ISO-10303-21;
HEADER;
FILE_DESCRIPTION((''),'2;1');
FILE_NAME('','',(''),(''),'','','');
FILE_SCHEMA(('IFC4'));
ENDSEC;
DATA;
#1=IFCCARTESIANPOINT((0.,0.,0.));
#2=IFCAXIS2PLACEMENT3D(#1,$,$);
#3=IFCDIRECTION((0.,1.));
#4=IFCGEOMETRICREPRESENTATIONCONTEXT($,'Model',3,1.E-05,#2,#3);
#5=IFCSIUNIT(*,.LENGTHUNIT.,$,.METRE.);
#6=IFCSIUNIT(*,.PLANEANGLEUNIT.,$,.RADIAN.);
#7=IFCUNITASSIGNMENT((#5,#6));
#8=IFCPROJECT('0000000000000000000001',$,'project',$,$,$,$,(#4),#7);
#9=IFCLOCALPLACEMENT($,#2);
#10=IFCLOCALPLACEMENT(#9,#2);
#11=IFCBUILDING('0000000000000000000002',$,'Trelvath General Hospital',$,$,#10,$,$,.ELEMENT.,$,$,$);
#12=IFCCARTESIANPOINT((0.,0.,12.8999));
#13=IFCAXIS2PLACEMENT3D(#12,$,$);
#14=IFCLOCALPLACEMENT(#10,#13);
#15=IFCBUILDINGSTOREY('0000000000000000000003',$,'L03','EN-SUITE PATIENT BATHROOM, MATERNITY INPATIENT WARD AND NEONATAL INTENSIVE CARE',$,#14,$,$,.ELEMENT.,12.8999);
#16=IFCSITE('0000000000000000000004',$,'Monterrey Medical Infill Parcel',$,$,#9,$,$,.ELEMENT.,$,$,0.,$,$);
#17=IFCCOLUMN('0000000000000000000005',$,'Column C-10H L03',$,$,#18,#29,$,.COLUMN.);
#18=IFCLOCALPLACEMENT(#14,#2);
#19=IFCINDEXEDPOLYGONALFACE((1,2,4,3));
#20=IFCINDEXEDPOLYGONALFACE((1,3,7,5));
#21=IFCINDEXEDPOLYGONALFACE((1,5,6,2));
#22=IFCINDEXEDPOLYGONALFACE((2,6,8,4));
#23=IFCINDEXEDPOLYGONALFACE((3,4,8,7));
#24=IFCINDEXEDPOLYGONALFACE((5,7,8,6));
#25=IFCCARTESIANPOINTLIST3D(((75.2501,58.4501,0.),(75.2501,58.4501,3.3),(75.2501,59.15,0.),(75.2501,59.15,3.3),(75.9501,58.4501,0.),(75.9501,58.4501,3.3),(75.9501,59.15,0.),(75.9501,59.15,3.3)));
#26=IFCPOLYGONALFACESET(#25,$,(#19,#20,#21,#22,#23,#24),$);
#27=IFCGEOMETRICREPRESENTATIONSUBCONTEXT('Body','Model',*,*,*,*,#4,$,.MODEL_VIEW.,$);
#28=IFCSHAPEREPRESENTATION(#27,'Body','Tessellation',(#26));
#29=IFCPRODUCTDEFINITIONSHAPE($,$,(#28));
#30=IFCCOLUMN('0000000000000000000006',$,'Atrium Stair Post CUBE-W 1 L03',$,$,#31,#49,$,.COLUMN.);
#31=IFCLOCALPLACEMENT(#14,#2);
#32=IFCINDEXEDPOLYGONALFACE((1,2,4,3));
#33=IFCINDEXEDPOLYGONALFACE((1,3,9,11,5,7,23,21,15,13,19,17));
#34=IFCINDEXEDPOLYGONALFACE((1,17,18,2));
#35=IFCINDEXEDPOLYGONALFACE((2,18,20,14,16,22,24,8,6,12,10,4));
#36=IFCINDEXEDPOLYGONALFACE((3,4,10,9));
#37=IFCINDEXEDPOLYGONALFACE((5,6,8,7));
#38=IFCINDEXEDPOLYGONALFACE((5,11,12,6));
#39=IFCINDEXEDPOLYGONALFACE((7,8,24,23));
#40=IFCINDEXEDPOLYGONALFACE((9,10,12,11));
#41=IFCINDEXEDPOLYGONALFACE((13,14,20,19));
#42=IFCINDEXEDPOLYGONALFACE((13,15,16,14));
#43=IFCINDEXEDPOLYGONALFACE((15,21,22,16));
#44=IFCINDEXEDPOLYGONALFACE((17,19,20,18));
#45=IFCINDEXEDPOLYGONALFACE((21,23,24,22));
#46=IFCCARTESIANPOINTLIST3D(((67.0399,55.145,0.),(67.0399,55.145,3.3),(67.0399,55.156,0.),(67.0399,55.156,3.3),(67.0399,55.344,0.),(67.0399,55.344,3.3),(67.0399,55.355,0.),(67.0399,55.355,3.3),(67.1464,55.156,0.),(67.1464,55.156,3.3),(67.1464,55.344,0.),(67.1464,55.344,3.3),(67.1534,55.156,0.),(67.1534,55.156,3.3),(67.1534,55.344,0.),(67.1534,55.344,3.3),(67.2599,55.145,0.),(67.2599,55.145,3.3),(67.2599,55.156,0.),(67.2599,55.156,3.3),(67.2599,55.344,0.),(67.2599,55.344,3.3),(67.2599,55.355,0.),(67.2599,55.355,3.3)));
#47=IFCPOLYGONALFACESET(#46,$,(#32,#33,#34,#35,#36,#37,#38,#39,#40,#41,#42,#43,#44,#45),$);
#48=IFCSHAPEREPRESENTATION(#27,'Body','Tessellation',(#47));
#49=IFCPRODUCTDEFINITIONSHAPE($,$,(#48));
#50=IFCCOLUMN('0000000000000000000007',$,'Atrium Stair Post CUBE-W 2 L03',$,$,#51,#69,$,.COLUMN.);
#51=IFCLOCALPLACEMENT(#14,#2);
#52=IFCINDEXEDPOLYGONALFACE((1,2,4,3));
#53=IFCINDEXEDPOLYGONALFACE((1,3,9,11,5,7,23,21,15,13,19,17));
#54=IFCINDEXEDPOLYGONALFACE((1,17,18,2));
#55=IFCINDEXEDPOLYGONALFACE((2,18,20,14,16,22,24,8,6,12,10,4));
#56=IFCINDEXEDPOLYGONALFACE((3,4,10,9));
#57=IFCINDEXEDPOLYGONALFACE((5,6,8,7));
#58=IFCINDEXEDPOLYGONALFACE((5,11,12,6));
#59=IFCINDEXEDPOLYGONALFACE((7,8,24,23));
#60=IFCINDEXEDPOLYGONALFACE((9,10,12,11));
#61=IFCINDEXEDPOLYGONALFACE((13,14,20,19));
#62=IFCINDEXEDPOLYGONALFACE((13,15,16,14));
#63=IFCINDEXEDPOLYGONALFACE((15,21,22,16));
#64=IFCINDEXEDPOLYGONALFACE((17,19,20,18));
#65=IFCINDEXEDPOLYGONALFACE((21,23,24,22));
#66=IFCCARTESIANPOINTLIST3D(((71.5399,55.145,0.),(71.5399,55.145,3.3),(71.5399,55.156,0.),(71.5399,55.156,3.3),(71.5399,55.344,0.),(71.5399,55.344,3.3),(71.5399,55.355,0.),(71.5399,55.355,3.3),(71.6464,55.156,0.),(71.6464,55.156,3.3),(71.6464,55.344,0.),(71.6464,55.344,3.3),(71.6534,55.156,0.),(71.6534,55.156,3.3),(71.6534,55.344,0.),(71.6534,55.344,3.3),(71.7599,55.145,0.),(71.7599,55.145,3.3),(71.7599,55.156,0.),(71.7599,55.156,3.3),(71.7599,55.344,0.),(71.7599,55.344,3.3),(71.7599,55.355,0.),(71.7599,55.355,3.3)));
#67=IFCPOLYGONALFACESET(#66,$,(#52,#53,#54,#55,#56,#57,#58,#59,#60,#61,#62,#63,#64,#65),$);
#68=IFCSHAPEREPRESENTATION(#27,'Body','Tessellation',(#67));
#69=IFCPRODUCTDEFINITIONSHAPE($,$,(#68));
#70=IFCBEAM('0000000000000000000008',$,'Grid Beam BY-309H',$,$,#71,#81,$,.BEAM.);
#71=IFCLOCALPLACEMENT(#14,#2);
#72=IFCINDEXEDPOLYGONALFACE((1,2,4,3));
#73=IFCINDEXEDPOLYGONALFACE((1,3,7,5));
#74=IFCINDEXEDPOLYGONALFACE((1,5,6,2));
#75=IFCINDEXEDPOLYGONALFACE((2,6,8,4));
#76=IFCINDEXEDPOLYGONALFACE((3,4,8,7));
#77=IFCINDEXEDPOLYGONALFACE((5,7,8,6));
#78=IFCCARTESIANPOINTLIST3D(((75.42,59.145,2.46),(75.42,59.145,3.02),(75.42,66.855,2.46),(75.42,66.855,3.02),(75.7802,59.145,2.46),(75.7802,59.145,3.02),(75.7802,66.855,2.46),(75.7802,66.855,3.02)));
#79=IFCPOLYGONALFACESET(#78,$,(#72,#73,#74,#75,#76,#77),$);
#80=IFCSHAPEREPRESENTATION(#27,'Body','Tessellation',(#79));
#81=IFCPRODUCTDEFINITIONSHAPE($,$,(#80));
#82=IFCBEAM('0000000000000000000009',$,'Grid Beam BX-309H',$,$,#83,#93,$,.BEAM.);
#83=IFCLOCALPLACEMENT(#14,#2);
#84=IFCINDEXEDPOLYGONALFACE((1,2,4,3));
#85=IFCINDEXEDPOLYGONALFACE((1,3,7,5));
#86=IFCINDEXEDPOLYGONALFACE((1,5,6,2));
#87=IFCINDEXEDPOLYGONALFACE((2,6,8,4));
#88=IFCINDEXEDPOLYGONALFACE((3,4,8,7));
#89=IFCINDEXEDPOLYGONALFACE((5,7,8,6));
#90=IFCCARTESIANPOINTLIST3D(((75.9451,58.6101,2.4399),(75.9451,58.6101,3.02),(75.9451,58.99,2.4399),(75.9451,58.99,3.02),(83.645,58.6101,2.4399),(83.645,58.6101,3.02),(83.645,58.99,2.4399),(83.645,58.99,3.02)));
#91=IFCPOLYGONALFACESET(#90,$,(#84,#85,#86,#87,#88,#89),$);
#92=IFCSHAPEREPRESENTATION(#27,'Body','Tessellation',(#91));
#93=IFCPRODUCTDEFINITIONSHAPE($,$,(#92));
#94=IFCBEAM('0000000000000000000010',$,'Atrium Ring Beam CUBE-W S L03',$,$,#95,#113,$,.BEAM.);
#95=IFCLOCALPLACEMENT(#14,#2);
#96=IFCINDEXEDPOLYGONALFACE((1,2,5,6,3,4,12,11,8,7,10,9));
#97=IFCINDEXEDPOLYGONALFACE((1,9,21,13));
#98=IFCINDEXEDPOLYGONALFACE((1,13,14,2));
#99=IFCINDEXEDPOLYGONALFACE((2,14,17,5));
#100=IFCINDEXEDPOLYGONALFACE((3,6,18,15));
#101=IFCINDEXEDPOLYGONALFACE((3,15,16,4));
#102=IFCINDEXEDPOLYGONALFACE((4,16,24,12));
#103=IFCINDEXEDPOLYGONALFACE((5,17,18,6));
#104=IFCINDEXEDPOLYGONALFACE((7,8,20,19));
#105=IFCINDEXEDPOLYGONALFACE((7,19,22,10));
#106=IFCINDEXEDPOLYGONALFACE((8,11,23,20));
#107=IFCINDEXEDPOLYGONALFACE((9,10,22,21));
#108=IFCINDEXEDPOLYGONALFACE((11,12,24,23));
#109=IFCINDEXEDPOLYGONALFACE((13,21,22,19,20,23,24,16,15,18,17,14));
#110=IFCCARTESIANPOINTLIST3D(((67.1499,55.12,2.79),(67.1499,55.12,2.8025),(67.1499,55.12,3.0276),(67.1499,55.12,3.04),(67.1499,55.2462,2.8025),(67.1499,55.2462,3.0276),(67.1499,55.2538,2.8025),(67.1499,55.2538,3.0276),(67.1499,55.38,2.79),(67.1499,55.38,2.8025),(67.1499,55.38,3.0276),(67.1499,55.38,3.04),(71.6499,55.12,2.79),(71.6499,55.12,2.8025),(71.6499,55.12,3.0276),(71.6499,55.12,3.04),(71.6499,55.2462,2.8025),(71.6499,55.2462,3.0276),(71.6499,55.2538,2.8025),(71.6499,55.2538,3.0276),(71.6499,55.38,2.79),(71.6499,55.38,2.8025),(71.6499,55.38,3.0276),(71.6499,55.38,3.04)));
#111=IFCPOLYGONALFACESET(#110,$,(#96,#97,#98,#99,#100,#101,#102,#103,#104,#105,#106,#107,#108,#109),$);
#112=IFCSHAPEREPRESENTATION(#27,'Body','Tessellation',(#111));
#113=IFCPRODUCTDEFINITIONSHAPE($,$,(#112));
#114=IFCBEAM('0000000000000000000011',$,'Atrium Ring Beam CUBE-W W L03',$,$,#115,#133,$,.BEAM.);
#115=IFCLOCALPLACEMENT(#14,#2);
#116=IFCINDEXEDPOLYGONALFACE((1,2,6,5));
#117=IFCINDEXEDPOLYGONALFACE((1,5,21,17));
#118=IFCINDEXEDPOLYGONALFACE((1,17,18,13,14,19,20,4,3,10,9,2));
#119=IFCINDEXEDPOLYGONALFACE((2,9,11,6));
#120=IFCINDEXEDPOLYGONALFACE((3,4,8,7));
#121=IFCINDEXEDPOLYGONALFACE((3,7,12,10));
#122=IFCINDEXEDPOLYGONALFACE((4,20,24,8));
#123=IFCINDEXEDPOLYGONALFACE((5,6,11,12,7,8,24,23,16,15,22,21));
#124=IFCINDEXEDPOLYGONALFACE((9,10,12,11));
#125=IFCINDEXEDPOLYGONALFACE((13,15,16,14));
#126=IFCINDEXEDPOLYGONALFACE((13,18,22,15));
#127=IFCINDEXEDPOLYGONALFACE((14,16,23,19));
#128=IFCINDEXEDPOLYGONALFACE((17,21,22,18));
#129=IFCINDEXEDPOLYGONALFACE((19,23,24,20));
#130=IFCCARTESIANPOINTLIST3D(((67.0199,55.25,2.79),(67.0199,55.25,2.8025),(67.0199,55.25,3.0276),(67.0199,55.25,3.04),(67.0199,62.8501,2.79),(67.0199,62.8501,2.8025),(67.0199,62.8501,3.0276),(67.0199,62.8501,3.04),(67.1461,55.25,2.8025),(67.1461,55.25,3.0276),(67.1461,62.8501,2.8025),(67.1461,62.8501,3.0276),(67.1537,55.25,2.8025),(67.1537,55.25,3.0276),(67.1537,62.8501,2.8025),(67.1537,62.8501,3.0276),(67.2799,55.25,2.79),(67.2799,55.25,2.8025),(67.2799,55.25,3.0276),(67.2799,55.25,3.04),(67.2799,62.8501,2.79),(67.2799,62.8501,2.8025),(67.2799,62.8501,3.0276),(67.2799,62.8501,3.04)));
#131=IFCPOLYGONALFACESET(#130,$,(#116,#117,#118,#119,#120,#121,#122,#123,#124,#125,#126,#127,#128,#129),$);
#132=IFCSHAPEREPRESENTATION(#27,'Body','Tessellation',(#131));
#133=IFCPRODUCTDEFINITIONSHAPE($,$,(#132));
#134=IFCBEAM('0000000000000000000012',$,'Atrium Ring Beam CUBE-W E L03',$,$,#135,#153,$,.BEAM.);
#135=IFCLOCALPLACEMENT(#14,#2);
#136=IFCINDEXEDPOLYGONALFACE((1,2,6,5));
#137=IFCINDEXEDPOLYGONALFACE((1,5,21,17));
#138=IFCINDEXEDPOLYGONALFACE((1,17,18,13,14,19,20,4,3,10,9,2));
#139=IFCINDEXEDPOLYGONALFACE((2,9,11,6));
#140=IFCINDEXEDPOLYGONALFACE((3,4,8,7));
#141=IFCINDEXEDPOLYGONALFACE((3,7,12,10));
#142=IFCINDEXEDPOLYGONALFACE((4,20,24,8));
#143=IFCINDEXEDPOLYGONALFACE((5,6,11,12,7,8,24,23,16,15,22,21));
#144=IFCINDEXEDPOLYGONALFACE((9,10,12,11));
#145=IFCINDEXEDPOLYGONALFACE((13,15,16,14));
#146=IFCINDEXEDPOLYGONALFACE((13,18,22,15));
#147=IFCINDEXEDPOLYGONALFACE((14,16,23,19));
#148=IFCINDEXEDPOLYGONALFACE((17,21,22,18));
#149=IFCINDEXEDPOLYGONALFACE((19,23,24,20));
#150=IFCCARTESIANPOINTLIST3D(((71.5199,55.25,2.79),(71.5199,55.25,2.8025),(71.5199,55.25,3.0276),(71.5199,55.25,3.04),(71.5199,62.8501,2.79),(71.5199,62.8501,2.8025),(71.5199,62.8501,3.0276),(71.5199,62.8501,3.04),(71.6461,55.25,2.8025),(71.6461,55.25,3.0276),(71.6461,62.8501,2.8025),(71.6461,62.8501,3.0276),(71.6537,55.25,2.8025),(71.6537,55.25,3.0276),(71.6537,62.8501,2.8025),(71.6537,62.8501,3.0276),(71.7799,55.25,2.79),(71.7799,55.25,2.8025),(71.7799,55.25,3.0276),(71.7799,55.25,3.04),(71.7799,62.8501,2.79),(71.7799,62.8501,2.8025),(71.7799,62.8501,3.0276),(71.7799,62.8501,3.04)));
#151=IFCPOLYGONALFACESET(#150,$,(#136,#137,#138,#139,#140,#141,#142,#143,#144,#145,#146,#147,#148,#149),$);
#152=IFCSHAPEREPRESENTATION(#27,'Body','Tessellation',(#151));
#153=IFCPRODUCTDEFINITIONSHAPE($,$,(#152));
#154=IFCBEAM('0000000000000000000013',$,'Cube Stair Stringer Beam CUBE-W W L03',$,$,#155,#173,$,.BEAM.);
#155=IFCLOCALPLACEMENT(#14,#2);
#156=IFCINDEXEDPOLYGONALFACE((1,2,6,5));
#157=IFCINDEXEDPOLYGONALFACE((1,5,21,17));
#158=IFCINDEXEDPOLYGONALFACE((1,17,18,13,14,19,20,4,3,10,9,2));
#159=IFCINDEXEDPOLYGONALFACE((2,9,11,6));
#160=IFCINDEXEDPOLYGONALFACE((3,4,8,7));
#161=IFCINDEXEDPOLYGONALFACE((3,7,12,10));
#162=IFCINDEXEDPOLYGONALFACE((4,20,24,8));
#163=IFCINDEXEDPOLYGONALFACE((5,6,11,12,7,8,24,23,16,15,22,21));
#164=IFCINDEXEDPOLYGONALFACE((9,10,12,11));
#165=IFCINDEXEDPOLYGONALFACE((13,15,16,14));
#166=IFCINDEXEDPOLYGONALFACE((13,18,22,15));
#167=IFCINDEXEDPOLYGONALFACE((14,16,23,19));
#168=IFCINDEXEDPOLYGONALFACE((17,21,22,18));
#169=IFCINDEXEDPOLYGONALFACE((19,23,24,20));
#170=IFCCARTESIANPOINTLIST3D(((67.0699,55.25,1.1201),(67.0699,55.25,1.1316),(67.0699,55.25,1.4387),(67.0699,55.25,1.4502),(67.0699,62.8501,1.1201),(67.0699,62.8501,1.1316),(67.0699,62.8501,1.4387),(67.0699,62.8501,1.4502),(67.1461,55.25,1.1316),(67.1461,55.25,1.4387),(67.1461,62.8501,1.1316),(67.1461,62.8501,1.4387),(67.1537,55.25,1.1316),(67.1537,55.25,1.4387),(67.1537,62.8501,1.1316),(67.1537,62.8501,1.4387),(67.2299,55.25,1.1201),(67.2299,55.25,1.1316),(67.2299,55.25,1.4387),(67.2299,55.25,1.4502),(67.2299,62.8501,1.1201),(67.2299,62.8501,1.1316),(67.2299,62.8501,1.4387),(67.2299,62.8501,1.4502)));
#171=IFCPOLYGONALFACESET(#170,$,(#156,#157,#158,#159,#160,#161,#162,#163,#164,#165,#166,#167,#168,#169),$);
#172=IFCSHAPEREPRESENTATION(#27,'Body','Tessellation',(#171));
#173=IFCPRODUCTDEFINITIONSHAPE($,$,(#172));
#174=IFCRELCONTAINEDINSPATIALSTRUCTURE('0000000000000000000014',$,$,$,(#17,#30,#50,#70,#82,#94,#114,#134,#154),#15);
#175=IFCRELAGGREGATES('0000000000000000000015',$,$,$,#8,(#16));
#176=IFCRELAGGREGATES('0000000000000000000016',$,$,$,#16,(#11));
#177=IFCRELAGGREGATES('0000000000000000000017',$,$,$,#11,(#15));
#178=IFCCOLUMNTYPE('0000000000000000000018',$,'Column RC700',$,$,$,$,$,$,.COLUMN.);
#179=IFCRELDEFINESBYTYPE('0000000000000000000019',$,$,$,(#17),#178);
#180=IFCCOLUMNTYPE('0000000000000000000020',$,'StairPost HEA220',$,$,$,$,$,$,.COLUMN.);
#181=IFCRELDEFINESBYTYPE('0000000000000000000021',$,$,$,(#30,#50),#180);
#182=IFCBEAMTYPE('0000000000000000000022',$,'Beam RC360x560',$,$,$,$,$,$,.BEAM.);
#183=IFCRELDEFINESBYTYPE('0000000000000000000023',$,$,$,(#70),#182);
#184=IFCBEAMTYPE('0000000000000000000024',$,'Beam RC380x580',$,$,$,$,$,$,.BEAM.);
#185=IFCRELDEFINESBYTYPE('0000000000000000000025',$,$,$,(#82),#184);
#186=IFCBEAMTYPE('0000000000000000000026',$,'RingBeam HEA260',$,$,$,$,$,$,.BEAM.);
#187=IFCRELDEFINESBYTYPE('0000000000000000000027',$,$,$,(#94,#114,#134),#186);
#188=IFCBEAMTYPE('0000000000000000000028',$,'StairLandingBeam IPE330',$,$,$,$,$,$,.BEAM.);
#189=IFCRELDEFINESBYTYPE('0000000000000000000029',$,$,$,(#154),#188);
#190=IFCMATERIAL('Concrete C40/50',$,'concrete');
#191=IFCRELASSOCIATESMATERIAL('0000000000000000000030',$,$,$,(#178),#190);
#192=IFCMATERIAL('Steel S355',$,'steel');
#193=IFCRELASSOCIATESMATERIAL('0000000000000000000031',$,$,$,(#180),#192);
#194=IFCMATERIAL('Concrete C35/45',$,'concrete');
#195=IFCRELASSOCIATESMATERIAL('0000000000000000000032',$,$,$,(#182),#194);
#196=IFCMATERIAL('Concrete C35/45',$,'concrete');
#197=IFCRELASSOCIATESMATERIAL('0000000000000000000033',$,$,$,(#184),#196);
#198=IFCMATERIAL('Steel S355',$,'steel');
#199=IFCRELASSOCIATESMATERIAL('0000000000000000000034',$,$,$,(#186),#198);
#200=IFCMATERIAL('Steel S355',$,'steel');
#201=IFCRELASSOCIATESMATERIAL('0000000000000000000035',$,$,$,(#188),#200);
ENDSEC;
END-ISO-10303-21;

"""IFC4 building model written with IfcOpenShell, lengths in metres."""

from ifc_helpers import new_model, si_unit, direction, frame, origin, origin_2d, place, context, subcontext, project, spatial, rectangle, i_section, extrude, material, material_profile, profile_set, type_object, element, save


model = new_model("IFC4")

# Units and contexts
model_context = context("Model", 3, precision=1e-05, world=origin(), true_north=direction((0.0, 1.0)))
body_context = subcontext(model_context, "Body", "Model", "MODEL_VIEW")
ifc_project = project(units=[si_unit("LENGTHUNIT", "METRE"), si_unit("PLANEANGLEUNIT", "RADIAN")], contexts=[model_context])

# Site, building, storey
site_placement = place(None, origin())
site = spatial("IfcSite", under=ifc_project, at=site_placement, Name="Monterrey Medical Infill Parcel", CompositionType="ELEMENT", RefElevation=0.0)
building_placement = place(site_placement, origin())
building = spatial("IfcBuilding", under=site, at=building_placement, Name="Trelvath General Hospital", CompositionType="ELEMENT")
storey_placement = place(building_placement, frame((0.0, 0.0, 12.8999)))
storey = spatial("IfcBuildingStorey", under=building, at=storey_placement, Name="L03", Description="EN-SUITE PATIENT BATHROOM, MATERNITY INPATIENT WARD AND NEONATAL INTENSIVE CARE", CompositionType="ELEMENT", Elevation=12.8999)

# Columns
ifc_material_1 = material(Name="Concrete C40/50", Category="concrete")
ifc_material_profile_1 = material_profile(ifc_material_1, rectangle(XDim=0.7, YDim=0.7, at=origin_2d()), Name="RC700x700")
ifc_profile_set_1 = profile_set([ifc_material_profile_1], Name="Concrete C40/50")
column_type_1 = type_object("IfcColumnType", Name="Column RC700", PredefinedType="COLUMN", material=ifc_profile_set_1)
column_placement = place(storey_placement, frame((75.6001, 58.8, 0.0), z_axis=(0.0, 0.0, 1.0), x_axis=(1.0, 0.0, 0.0)))
element("IfcColumn", 1, at=column_placement, inside=storey, type_object=column_type_1, Name="Column C-10H L03", PredefinedType="COLUMN", context=body_context, shape_type="SweptSolid", body=[
    extrude(rectangle(XDim=0.7, YDim=0.7, at=origin_2d()), origin(), (0.0, 0.0, 1.0), 3.3),
])
ifc_material_2 = material(Name="Steel S355", Category="steel")
ifc_material_profile_2 = material_profile(ifc_material_2, i_section(OverallWidth=0.22, OverallDepth=0.21, WebThickness=0.0071, FlangeThickness=0.011, at=origin_2d()), Name="HEA220")
ifc_profile_set_2 = profile_set([ifc_material_profile_2], Name="Steel S355")
column_type_2 = type_object("IfcColumnType", Name="StairPost HEA220", PredefinedType="COLUMN", material=ifc_profile_set_2)
for number, where, z_axis, x_axis, name in (
    (2, (67.1499, 55.25, 0.0), (0.0, 0.0, 1.0), (1.0, 0.0, 0.0), "Atrium Stair Post CUBE-W 1 L03"),
    (3, (71.6499, 55.25, 0.0), (0.0, 0.0, 1.0), (1.0, 0.0, 0.0), "Atrium Stair Post CUBE-W 2 L03"),
):
    element("IfcColumn", number, at=place(storey_placement, frame(where, z_axis=z_axis, x_axis=x_axis)), inside=storey, type_object=column_type_2, Name=name, PredefinedType="COLUMN", context=body_context, shape_type="SweptSolid", body=[
        extrude(i_section(OverallWidth=0.22, OverallDepth=0.21, WebThickness=0.0071, FlangeThickness=0.011, at=origin_2d()), origin(), (0.0, 0.0, 1.0), 3.3),
    ])

# Beams
ifc_material_3 = material(Name="Concrete C35/45", Category="concrete")
ifc_material_profile_3 = material_profile(ifc_material_3, rectangle(XDim=0.3601, YDim=0.5601, at=origin_2d()), Name="RCB360x560")
ifc_profile_set_3 = profile_set([ifc_material_profile_3], Name="Concrete C35/45")
beam_type_1 = type_object("IfcBeamType", Name="Beam RC360x560", PredefinedType="BEAM", material=ifc_profile_set_3)
beam_1_placement = place(storey_placement, frame((75.6001, 59.145, 2.74), z_axis=(0.0, 1.0, 0.0), x_axis=(-1.0, 0.0, 0.0)))
element("IfcBeam", 4, at=beam_1_placement, inside=storey, type_object=beam_type_1, Name="Grid Beam BY-309H", PredefinedType="BEAM", context=body_context, shape_type="SweptSolid", body=[
    extrude(rectangle(XDim=0.3601, YDim=0.5601, at=origin_2d()), origin(), (0.0, 0.0, 1.0), 7.71),
])
ifc_material_4 = material(Name="Concrete C35/45", Category="concrete")
ifc_material_profile_4 = material_profile(ifc_material_4, rectangle(XDim=0.3799, YDim=0.5801, at=origin_2d()), Name="RCB380x580")
ifc_profile_set_4 = profile_set([ifc_material_profile_4], Name="Concrete C35/45")
beam_type_2 = type_object("IfcBeamType", Name="Beam RC380x580", PredefinedType="BEAM", material=ifc_profile_set_4)
beam_2_placement = place(storey_placement, frame((75.9451, 58.8, 2.73), z_axis=(1.0, 0.0, 0.0), x_axis=(0.0, 1.0, 0.0)))
element("IfcBeam", 5, at=beam_2_placement, inside=storey, type_object=beam_type_2, Name="Grid Beam BX-309H", PredefinedType="BEAM", context=body_context, shape_type="SweptSolid", body=[
    extrude(rectangle(XDim=0.3799, YDim=0.5801, at=origin_2d()), origin(), (0.0, 0.0, 1.0), 7.7),
])
ifc_material_5 = material(Name="Steel S355", Category="steel")
ifc_material_profile_5 = material_profile(ifc_material_5, i_section(OverallWidth=0.26, OverallDepth=0.25, WebThickness=0.0076, FlangeThickness=0.0125, at=origin_2d()), Name="HEA260")
ifc_profile_set_5 = profile_set([ifc_material_profile_5], Name="Steel S355")
beam_type_3 = type_object("IfcBeamType", Name="RingBeam HEA260", PredefinedType="BEAM", material=ifc_profile_set_5)
beam_3_placement = place(storey_placement, frame((67.1499, 55.25, 2.915), z_axis=(1.0, 0.0, 0.0), x_axis=(0.0, 1.0, 0.0)))
element("IfcBeam", 6, at=beam_3_placement, inside=storey, type_object=beam_type_3, Name="Atrium Ring Beam CUBE-W S L03", PredefinedType="BEAM", context=body_context, shape_type="SweptSolid", body=[
    extrude(i_section(OverallWidth=0.26, OverallDepth=0.25, WebThickness=0.0076, FlangeThickness=0.0125, at=origin_2d()), origin(), (0.0, 0.0, 1.0), 4.5),
])
for number, where, z_axis, x_axis, name in (
    (7, (67.1499, 55.25, 2.915), (0.0, 1.0, 0.0), (-1.0, 0.0, 0.0), "Atrium Ring Beam CUBE-W W L03"),
    (8, (71.6499, 55.25, 2.915), (0.0, 1.0, 0.0), (-1.0, 0.0, 0.0), "Atrium Ring Beam CUBE-W E L03"),
):
    element("IfcBeam", number, at=place(storey_placement, frame(where, z_axis=z_axis, x_axis=x_axis)), inside=storey, type_object=beam_type_3, Name=name, PredefinedType="BEAM", context=body_context, shape_type="SweptSolid", body=[
        extrude(i_section(OverallWidth=0.26, OverallDepth=0.25, WebThickness=0.0076, FlangeThickness=0.0125, at=origin_2d()), origin(), (0.0, 0.0, 1.0), 7.6001),
    ])
ifc_material_6 = material(Name="Steel S355", Category="steel")
ifc_material_profile_6 = material_profile(ifc_material_6, i_section(OverallWidth=0.1599, OverallDepth=0.3301, WebThickness=0.0076, FlangeThickness=0.0115, at=origin_2d()), Name="IPE330")
ifc_profile_set_6 = profile_set([ifc_material_profile_6], Name="Steel S355")
beam_type_4 = type_object("IfcBeamType", Name="StairLandingBeam IPE330", PredefinedType="BEAM", material=ifc_profile_set_6)
for number, where, z_axis, x_axis, name in (
    (9, (67.1499, 55.25, 1.2852), (0.0, 1.0, 0.0), (-1.0, 0.0, 0.0), "Cube Stair Stringer Beam CUBE-W W L03"),
):
    element("IfcBeam", number, at=place(storey_placement, frame(where, z_axis=z_axis, x_axis=x_axis)), inside=storey, type_object=beam_type_4, Name=name, PredefinedType="BEAM", context=body_context, shape_type="SweptSolid", body=[
        extrude(i_section(OverallWidth=0.1599, OverallDepth=0.3301, WebThickness=0.0076, FlangeThickness=0.0115, at=origin_2d()), origin(), (0.0, 0.0, 1.0), 7.6001),
    ])

save(model, "model.ifc")
